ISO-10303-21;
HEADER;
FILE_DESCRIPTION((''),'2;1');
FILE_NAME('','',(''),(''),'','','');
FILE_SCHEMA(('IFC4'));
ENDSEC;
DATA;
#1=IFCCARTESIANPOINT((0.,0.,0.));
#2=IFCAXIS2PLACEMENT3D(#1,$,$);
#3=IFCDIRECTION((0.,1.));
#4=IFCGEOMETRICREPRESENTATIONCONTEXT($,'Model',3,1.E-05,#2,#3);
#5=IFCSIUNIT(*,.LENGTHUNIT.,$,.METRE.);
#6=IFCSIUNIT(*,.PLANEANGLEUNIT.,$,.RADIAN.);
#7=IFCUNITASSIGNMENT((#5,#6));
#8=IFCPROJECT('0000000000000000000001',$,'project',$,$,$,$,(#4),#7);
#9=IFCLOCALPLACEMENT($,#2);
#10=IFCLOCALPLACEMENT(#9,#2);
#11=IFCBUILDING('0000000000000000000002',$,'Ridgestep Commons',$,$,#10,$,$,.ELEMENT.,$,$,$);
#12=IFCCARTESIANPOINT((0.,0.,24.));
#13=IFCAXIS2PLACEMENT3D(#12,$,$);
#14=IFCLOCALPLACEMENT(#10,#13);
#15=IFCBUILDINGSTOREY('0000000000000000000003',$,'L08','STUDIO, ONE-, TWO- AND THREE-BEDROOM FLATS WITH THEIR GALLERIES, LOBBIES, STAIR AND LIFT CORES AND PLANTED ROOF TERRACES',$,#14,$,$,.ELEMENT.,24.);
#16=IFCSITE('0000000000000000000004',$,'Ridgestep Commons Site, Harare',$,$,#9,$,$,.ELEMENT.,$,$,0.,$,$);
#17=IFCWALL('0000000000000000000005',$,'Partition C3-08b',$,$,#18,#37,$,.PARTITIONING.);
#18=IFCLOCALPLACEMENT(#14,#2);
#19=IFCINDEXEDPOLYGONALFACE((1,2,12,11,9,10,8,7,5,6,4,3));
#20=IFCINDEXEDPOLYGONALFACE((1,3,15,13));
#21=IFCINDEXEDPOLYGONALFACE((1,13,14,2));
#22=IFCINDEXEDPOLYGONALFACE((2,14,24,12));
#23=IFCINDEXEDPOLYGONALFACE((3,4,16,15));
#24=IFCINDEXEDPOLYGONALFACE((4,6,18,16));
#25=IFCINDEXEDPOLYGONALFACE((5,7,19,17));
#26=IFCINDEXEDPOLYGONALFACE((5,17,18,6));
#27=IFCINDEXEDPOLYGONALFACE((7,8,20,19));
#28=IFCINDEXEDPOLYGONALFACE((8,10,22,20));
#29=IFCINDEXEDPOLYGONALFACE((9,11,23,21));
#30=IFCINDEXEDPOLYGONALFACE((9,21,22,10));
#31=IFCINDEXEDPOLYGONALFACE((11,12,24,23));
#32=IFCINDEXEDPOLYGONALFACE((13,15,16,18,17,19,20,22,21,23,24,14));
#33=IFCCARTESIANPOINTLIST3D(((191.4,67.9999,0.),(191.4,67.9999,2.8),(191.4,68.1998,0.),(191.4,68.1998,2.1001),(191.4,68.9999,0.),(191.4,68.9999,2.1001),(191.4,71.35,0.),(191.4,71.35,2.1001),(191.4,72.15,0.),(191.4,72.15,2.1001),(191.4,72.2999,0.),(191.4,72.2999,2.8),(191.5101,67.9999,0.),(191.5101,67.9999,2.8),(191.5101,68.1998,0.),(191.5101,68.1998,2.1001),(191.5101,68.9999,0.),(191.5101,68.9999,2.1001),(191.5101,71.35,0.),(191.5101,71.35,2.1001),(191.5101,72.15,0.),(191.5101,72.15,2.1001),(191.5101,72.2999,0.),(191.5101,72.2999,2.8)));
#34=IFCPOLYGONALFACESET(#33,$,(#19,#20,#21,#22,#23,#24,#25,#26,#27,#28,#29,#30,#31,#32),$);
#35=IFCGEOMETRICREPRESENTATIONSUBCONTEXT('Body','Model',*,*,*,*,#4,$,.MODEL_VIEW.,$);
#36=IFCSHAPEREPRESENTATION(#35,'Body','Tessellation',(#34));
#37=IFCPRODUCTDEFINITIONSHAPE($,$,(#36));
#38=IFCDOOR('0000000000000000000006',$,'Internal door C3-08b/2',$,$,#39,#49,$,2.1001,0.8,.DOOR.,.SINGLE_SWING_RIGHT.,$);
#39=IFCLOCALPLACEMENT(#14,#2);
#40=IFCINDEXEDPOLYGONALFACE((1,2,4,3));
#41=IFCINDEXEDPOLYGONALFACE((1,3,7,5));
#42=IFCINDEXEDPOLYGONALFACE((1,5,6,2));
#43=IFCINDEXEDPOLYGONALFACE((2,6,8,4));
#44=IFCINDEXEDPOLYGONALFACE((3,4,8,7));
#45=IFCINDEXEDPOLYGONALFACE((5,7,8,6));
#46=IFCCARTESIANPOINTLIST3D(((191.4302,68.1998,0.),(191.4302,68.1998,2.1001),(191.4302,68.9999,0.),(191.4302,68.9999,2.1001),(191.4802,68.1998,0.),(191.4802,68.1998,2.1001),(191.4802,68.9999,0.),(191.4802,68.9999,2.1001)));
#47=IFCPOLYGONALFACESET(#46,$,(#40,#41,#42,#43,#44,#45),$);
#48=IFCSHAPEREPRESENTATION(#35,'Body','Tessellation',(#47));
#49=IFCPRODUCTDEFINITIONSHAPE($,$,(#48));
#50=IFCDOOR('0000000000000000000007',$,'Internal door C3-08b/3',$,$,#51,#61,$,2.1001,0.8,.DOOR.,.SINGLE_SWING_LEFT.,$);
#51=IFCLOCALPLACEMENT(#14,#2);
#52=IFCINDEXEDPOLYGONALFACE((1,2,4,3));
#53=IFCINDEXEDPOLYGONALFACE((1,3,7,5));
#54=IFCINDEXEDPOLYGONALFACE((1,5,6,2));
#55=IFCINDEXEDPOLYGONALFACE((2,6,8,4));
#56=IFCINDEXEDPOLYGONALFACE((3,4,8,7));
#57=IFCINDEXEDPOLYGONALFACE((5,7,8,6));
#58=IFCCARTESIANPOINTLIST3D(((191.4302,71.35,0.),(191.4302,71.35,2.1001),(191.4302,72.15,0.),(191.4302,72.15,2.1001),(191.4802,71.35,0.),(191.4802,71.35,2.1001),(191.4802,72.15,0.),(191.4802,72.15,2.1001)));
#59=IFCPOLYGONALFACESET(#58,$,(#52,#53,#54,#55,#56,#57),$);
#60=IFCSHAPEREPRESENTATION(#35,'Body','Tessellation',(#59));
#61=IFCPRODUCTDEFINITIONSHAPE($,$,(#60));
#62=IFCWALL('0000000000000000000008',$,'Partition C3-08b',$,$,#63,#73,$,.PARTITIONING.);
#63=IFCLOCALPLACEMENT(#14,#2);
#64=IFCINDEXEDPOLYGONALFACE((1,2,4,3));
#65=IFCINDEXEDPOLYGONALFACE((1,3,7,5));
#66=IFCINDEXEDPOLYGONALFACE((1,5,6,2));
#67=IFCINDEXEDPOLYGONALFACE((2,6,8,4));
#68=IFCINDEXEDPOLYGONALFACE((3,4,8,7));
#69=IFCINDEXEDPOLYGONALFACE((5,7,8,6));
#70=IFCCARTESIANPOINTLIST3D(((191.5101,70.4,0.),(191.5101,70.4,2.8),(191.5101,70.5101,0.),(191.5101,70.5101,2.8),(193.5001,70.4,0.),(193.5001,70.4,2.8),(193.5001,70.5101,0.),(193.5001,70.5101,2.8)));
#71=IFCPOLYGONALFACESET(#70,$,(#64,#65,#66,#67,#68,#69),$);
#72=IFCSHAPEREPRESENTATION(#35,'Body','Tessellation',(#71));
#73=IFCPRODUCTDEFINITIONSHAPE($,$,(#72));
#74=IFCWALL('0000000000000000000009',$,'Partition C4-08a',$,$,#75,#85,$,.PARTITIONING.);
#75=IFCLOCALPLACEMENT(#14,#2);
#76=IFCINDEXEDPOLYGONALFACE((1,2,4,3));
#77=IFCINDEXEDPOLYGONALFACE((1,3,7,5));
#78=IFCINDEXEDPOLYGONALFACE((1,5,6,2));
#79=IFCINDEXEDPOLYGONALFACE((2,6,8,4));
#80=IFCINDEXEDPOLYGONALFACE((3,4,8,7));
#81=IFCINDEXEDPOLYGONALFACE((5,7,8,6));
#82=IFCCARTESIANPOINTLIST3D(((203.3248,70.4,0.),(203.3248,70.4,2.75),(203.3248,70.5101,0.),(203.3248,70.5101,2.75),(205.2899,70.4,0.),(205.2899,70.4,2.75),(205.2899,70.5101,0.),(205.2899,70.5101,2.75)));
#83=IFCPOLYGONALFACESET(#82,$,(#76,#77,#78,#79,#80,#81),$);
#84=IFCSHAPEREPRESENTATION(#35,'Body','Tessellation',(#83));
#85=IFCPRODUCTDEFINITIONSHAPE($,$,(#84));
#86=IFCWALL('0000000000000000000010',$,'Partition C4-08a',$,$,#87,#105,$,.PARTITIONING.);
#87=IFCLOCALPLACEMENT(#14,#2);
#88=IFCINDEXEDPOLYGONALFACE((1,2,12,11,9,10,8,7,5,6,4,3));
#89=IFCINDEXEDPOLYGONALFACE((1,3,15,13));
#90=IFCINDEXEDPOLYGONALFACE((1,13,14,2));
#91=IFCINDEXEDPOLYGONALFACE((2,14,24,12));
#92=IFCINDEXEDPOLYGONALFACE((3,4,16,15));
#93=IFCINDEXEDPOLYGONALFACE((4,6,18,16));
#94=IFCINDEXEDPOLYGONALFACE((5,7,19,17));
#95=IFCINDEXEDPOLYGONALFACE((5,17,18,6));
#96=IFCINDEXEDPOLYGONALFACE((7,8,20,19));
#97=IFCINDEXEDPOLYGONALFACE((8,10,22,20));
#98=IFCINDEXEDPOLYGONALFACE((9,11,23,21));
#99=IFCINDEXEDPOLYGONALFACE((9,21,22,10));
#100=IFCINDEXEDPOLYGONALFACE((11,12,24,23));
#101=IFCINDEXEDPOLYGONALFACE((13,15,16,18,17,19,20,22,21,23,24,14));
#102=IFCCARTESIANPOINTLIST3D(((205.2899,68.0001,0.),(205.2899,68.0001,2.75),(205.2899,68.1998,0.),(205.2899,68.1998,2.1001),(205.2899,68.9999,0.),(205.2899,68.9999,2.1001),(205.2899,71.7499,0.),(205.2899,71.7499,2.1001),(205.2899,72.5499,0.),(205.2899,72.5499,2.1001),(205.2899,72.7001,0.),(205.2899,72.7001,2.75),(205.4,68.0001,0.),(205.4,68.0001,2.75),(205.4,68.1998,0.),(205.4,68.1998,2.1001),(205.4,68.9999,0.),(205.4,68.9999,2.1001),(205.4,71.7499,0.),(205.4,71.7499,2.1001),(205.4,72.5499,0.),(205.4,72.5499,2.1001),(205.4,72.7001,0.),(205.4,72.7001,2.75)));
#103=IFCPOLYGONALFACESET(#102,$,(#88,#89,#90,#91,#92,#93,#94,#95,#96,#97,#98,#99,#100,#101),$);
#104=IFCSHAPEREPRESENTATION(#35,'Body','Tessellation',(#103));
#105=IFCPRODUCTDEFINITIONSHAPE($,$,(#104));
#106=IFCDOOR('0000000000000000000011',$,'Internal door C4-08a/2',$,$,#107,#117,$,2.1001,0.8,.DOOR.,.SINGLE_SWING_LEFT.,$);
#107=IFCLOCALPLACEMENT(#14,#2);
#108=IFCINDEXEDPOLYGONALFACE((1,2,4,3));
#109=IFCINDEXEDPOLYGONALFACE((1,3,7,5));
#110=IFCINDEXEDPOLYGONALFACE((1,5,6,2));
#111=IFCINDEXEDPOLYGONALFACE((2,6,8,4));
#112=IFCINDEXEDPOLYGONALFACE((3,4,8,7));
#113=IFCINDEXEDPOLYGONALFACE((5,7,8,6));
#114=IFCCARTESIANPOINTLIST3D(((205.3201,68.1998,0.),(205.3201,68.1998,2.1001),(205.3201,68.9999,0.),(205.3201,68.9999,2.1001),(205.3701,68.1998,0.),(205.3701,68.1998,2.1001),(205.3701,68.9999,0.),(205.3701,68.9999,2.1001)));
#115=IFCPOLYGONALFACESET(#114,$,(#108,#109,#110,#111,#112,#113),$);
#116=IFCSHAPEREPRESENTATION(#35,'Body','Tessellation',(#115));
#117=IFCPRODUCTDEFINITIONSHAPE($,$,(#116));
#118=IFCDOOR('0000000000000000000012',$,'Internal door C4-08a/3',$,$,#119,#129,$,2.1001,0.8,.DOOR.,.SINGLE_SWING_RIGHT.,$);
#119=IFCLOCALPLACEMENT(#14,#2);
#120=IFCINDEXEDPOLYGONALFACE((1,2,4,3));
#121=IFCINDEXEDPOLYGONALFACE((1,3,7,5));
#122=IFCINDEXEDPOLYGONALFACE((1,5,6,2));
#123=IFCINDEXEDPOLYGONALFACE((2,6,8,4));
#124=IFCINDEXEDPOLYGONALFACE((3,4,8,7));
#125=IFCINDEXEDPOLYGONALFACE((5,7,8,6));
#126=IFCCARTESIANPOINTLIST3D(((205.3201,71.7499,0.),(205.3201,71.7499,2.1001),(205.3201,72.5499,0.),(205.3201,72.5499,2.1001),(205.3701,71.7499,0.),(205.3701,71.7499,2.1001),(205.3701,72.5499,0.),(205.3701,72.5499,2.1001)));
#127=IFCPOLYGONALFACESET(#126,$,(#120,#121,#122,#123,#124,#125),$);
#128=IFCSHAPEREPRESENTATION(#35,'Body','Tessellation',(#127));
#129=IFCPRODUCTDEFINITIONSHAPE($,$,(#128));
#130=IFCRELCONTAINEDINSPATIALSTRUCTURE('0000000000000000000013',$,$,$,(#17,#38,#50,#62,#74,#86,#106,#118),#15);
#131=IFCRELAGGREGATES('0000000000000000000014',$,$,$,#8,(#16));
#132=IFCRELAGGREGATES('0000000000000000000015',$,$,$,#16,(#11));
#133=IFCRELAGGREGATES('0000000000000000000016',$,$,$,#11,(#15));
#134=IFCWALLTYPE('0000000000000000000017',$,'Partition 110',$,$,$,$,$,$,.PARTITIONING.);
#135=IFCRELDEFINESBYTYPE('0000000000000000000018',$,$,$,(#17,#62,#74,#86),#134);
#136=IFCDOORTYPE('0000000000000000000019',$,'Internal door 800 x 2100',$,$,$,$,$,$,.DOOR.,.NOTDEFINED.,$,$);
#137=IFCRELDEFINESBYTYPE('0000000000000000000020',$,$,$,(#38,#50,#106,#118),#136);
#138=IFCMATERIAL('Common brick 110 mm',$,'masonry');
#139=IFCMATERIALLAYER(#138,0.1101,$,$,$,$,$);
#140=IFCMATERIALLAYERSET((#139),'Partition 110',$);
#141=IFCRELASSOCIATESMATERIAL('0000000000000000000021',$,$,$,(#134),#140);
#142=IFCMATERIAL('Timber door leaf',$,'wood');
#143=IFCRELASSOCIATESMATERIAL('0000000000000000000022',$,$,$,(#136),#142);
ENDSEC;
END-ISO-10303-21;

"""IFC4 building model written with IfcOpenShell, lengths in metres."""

from ifc_helpers import new_model, si_unit, direction, frame, frame_2d, origin, place, context, subcontext, project, spatial, rectangle, extrude, material, layer, layer_set, type_object, element, fill, save


model = new_model("IFC4")

# Units and contexts
model_context = context("Model", 3, precision=1e-05, world=origin(), true_north=direction((0.0, 1.0)))
body_context = subcontext(model_context, "Body", "Model", "MODEL_VIEW")
ifc_project = project(units=[si_unit("LENGTHUNIT", "METRE"), si_unit("PLANEANGLEUNIT", "RADIAN")], contexts=[model_context])

# Site, building, storey
site_placement = place(None, origin())
site = spatial("IfcSite", under=ifc_project, at=site_placement, Name="Ridgestep Commons Site, Harare", CompositionType="ELEMENT", RefElevation=0.0)
building_placement = place(site_placement, origin())
building = spatial("IfcBuilding", under=site, at=building_placement, Name="Ridgestep Commons", CompositionType="ELEMENT")
storey_placement = place(building_placement, frame((0.0, 0.0, 24.0)))
storey = spatial("IfcBuildingStorey", under=building, at=storey_placement, Name="L08", Description="STUDIO, ONE-, TWO- AND THREE-BEDROOM FLATS WITH THEIR GALLERIES, LOBBIES, STAIR AND LIFT CORES AND PLANTED ROOF TERRACES", CompositionType="ELEMENT", Elevation=24.0)

# Shared definitions
ifc_material_1 = material(Name="Common brick 110 mm", Category="masonry")
ifc_layer_1 = layer(ifc_material_1, 0.1101)
ifc_layer_set_1 = layer_set([ifc_layer_1], Name="Partition 110")
wall_type_1 = type_object("IfcWallType", Name="Partition 110", PredefinedType="PARTITIONING", material=ifc_layer_set_1)
ifc_material_2 = material(Name="Timber door leaf", Category="wood")
door_type_1 = type_object("IfcDoorType", Name="Internal door 800 x 2100", OperationType="NOTDEFINED", PredefinedType="DOOR", material=ifc_material_2)

# Wall, openings, doors
wall_1_placement = place(storey_placement, frame((191.4551, 68.0, 0.0), z_axis=(0.0, 0.0, 1.0), x_axis=(0.0, 1.0, 0.0)))
wall_1 = element("IfcWall", 1, at=wall_1_placement, inside=storey, type_object=wall_type_1, Name="Partition C3-08b", PredefinedType="PARTITIONING", context=body_context, shape_type="SweptSolid", body=[
    extrude(rectangle(XDim=4.3, YDim=0.1101, at=frame_2d((2.1499, 0.0))), origin(), (0.0, 0.0, 1.0), 2.8),
])
opening_1_placement = place(wall_1_placement, frame((0.2, 0.0, 0.0)))
opening_1 = element("IfcOpeningElement", 2, at=opening_1_placement, cuts=wall_1, PredefinedType="OPENING", context=body_context, shape_type="SweptSolid", body=[
    extrude(rectangle(XDim=0.8, YDim=2.1001, at=frame_2d((0.3999, 1.05))), frame((0.0, 0.0649, 0.0), z_axis=(0.0, -1.0, 0.0), x_axis=(1.0, 0.0, 0.0)), (0.0, 0.0, 1.0), 0.1301),
])
opening_2_placement = place(wall_1_placement, frame((3.3501, 0.0, 0.0)))
opening_2 = element("IfcOpeningElement", 3, at=opening_2_placement, cuts=wall_1, PredefinedType="OPENING", context=body_context, shape_type="SweptSolid", body=[
    extrude(rectangle(XDim=0.8, YDim=2.1001, at=frame_2d((0.3999, 1.05))), frame((0.0, 0.0649, 0.0), z_axis=(0.0, -1.0, 0.0), x_axis=(1.0, 0.0, 0.0)), (0.0, 0.0, 1.0), 0.1301),
])
door_1_placement = place(opening_1_placement, origin())
door_1 = element("IfcDoor", 4, at=door_1_placement, inside=storey, type_object=door_type_1, Name="Internal door C3-08b/2", OperationType="SINGLE_SWING_RIGHT", OverallHeight=2.1001, OverallWidth=0.8, PredefinedType="DOOR", context=body_context, shape_type="SweptSolid", body=[
    extrude(rectangle(XDim=0.8, YDim=2.1001, at=frame_2d((0.3999, 1.05))), frame((0.0, 0.0249, 0.0), z_axis=(0.0, -1.0, 0.0), x_axis=(1.0, 0.0, 0.0)), (0.0, 0.0, 1.0), 0.05),
])
fill(opening_1, door_1)
door_2_placement = place(opening_2_placement, origin())
door_2 = element("IfcDoor", 5, at=door_2_placement, inside=storey, type_object=door_type_1, Name="Internal door C3-08b/3", OperationType="SINGLE_SWING_LEFT", OverallHeight=2.1001, OverallWidth=0.8, PredefinedType="DOOR", context=body_context, shape_type="SweptSolid", body=[
    extrude(rectangle(XDim=0.8, YDim=2.1001, at=frame_2d((0.3999, 1.05))), frame((0.0, 0.0249, 0.0), z_axis=(0.0, -1.0, 0.0), x_axis=(1.0, 0.0, 0.0)), (0.0, 0.0, 1.0), 0.05),
])
fill(opening_2, door_2)

# Walls
wall_2_placement = place(storey_placement, frame((191.51, 70.4551, 0.0), z_axis=(0.0, 0.0, 1.0), x_axis=(1.0, 0.0, 0.0)))
element("IfcWall", 6, at=wall_2_placement, inside=storey, type_object=wall_type_1, Name="Partition C3-08b", PredefinedType="PARTITIONING", context=body_context, shape_type="SweptSolid", body=[
    extrude(rectangle(XDim=1.99, YDim=0.1101, at=frame_2d((0.9951, 0.0))), origin(), (0.0, 0.0, 1.0), 2.8),
])
wall_3_placement = place(storey_placement, frame((203.325, 70.4551, 0.0), z_axis=(0.0, 0.0, 1.0), x_axis=(1.0, 0.0, 0.0)))
element("IfcWall", 7, at=wall_3_placement, inside=storey, type_object=wall_type_1, Name="Partition C4-08a", PredefinedType="PARTITIONING", context=body_context, shape_type="SweptSolid", body=[
    extrude(rectangle(XDim=1.9651, YDim=0.1101, at=frame_2d((0.9824, 0.0))), origin(), (0.0, 0.0, 1.0), 2.75),
])

# Wall, openings, doors
wall_4_placement = place(storey_placement, frame((205.345, 68.0, 0.0), z_axis=(0.0, 0.0, 1.0), x_axis=(0.0, 1.0, 0.0)))
wall_4 = element("IfcWall", 8, at=wall_4_placement, inside=storey, type_object=wall_type_1, Name="Partition C4-08a", PredefinedType="PARTITIONING", context=body_context, shape_type="SweptSolid", body=[
    extrude(rectangle(XDim=4.7, YDim=0.1101, at=frame_2d((2.3501, 0.0))), origin(), (0.0, 0.0, 1.0), 2.75),
])
opening_3_placement = place(wall_4_placement, frame((0.2, 0.0, 0.0)))
opening_3 = element("IfcOpeningElement", 9, at=opening_3_placement, cuts=wall_4, PredefinedType="OPENING", context=body_context, shape_type="SweptSolid", body=[
    extrude(rectangle(XDim=0.8, YDim=2.1001, at=frame_2d((0.3999, 1.05))), frame((0.0, 0.0649, 0.0), z_axis=(0.0, -1.0, 0.0), x_axis=(1.0, 0.0, 0.0)), (0.0, 0.0, 1.0), 0.1301),
])
opening_4_placement = place(wall_4_placement, frame((3.75, 0.0, 0.0)))
opening_4 = element("IfcOpeningElement", 10, at=opening_4_placement, cuts=wall_4, PredefinedType="OPENING", context=body_context, shape_type="SweptSolid", body=[
    extrude(rectangle(XDim=0.8, YDim=2.1001, at=frame_2d((0.3999, 1.05))), frame((0.0, 0.0649, 0.0), z_axis=(0.0, -1.0, 0.0), x_axis=(1.0, 0.0, 0.0)), (0.0, 0.0, 1.0), 0.1301),
])
door_3_placement = place(opening_3_placement, origin())
door_3 = element("IfcDoor", 11, at=door_3_placement, inside=storey, type_object=door_type_1, Name="Internal door C4-08a/2", OperationType="SINGLE_SWING_LEFT", OverallHeight=2.1001, OverallWidth=0.8, PredefinedType="DOOR", context=body_context, shape_type="SweptSolid", body=[
    extrude(rectangle(XDim=0.8, YDim=2.1001, at=frame_2d((0.3999, 1.05))), frame((0.0, 0.0249, 0.0), z_axis=(0.0, -1.0, 0.0), x_axis=(1.0, 0.0, 0.0)), (0.0, 0.0, 1.0), 0.05),
])
fill(opening_3, door_3)
door_4_placement = place(opening_4_placement, origin())
door_4 = element("IfcDoor", 12, at=door_4_placement, inside=storey, type_object=door_type_1, Name="Internal door C4-08a/3", OperationType="SINGLE_SWING_RIGHT", OverallHeight=2.1001, OverallWidth=0.8, PredefinedType="DOOR", context=body_context, shape_type="SweptSolid", body=[
    extrude(rectangle(XDim=0.8, YDim=2.1001, at=frame_2d((0.3999, 1.05))), frame((0.0, 0.0249, 0.0), z_axis=(0.0, -1.0, 0.0), x_axis=(1.0, 0.0, 0.0)), (0.0, 0.0, 1.0), 0.05),
])
fill(opening_4, door_4)

save(model, "model.ifc")
